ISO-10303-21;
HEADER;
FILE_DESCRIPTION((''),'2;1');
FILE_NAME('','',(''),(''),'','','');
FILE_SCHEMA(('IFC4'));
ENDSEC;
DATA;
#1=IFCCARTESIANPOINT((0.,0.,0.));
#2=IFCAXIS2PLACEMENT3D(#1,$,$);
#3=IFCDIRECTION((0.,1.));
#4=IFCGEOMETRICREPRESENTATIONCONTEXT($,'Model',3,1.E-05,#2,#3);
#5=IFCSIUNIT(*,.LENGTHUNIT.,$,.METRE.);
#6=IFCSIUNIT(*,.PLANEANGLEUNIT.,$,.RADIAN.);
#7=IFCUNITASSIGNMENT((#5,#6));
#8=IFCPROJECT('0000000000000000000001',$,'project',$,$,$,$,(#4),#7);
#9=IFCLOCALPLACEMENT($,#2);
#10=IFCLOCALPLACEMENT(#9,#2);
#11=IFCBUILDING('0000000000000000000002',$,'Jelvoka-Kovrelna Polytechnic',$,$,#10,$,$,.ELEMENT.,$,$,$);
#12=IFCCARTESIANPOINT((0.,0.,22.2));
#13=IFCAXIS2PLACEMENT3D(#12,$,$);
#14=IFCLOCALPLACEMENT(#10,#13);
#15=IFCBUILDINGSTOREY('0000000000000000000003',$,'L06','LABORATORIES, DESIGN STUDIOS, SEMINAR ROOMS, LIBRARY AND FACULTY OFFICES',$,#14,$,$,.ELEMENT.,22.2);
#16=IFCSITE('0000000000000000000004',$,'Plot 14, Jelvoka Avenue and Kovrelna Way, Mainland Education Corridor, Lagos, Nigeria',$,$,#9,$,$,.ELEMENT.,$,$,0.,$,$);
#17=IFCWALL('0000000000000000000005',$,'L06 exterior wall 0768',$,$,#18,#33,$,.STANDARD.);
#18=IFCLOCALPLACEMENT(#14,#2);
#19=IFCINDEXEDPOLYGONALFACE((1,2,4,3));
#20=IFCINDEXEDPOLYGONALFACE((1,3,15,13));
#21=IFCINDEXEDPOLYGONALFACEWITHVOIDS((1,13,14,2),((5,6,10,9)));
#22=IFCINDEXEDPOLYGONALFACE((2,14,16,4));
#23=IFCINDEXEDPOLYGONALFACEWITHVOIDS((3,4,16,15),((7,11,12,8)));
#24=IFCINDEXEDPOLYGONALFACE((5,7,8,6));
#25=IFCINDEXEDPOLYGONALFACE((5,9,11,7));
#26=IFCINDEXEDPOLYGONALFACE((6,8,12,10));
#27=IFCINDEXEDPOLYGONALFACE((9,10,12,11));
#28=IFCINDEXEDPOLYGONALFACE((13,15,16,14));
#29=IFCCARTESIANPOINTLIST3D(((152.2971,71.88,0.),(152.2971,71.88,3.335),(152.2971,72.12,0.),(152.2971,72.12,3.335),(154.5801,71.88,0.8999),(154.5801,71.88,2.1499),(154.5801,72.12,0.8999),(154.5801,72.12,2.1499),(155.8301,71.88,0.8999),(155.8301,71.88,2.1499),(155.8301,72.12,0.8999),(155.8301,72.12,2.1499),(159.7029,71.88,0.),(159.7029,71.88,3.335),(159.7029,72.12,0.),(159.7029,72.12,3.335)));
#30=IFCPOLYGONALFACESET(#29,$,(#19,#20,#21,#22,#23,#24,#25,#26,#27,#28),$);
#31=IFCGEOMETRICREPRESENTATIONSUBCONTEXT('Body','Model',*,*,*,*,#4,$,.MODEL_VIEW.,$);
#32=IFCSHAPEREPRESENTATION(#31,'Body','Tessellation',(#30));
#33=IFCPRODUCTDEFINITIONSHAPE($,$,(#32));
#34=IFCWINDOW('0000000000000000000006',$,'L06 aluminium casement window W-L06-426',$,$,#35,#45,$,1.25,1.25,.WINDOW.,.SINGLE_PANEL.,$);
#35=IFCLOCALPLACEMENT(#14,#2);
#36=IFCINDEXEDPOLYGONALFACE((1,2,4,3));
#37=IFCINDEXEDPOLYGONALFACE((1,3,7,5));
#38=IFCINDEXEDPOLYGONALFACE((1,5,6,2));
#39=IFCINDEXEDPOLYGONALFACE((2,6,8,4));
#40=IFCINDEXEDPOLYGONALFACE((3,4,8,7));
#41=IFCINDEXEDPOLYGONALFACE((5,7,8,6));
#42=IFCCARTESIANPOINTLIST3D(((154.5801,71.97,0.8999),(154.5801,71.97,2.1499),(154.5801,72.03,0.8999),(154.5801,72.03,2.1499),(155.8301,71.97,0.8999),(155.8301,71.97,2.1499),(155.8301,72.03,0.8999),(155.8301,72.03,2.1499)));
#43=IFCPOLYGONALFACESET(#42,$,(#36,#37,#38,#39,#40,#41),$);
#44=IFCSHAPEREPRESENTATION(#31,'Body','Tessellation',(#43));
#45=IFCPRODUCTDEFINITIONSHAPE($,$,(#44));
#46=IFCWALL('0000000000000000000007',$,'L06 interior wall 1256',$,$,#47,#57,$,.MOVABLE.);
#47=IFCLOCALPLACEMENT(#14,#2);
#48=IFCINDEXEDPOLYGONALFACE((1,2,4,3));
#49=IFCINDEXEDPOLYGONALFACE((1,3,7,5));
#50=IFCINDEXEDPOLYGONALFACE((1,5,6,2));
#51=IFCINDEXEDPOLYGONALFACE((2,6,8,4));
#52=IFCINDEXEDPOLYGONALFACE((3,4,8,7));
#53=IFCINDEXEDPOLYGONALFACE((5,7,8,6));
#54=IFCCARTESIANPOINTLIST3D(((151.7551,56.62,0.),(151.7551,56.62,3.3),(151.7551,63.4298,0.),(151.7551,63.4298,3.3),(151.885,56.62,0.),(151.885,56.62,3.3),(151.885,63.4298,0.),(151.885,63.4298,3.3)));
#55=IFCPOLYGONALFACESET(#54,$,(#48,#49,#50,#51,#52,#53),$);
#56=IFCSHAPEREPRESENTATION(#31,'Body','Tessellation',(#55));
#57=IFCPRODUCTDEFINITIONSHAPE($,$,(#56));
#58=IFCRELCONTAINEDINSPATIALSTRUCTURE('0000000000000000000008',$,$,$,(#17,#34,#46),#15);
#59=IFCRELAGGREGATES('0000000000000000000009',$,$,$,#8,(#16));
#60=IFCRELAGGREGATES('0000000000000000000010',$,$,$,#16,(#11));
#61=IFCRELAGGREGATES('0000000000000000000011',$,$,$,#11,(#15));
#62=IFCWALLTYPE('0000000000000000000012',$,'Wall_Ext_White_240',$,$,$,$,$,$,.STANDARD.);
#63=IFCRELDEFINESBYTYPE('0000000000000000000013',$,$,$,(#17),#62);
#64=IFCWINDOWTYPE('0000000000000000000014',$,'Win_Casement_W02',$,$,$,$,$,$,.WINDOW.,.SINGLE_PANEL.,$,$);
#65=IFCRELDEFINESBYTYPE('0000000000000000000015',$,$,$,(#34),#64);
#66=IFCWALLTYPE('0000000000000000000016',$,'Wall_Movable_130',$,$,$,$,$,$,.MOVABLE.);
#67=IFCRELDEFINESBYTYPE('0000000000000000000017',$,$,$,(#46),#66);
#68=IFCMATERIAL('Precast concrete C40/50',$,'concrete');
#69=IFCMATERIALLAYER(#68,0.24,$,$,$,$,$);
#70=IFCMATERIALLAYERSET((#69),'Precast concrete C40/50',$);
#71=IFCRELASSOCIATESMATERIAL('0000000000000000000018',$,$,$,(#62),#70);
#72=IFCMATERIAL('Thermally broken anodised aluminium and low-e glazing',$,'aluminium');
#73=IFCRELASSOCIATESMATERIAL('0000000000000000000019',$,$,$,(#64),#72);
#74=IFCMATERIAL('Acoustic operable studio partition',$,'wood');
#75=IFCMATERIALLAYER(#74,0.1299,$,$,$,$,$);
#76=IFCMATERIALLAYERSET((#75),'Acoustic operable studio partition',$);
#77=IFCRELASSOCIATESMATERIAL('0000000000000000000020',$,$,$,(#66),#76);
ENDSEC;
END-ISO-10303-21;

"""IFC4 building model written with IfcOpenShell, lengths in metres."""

from ifc_helpers import new_model, si_unit, direction, frame, frame_2d, origin, place, context, subcontext, project, spatial, rectangle, extrude, material, layer, layer_set, type_object, element, fill, save


model = new_model("IFC4")

# Units and contexts
model_context = context("Model", 3, precision=1e-05, world=origin(), true_north=direction((0.0, 1.0)))
body_context = subcontext(model_context, "Body", "Model", "MODEL_VIEW")
ifc_project = project(units=[si_unit("LENGTHUNIT", "METRE"), si_unit("PLANEANGLEUNIT", "RADIAN")], contexts=[model_context])

# Site, building, storey
site_placement = place(None, origin())
site = spatial("IfcSite", under=ifc_project, at=site_placement, Name="Plot 14, Jelvoka Avenue and Kovrelna Way, Mainland Education Corridor, Lagos, Nigeria", CompositionType="ELEMENT", RefElevation=0.0)
building_placement = place(site_placement, origin())
building = spatial("IfcBuilding", under=site, at=building_placement, Name="Jelvoka-Kovrelna Polytechnic", CompositionType="ELEMENT")
storey_placement = place(building_placement, frame((0.0, 0.0, 22.2)))
storey = spatial("IfcBuildingStorey", under=building, at=storey_placement, Name="L06", Description="LABORATORIES, DESIGN STUDIOS, SEMINAR ROOMS, LIBRARY AND FACULTY OFFICES", CompositionType="ELEMENT", Elevation=22.2)

# Wall, opening, window
ifc_material_1 = material(Name="Precast concrete C40/50", Category="concrete")
ifc_layer_1 = layer(ifc_material_1, 0.24)
ifc_layer_set_1 = layer_set([ifc_layer_1], Name="Precast concrete C40/50")
wall_type_1 = type_object("IfcWallType", Name="Wall_Ext_White_240", PredefinedType="STANDARD", material=ifc_layer_set_1)
wall_1_placement = place(storey_placement, frame((152.2971, 72.0, 0.0), z_axis=(0.0, 0.0, 1.0), x_axis=(1.0, 0.0, 0.0)))
wall_1 = element("IfcWall", 1, at=wall_1_placement, inside=storey, type_object=wall_type_1, Name="L06 exterior wall 0768", PredefinedType="STANDARD", context=body_context, shape_type="SweptSolid", body=[
    extrude(rectangle(XDim=7.4058, YDim=0.24, at=frame_2d((3.7029, 0.0))), origin(), (0.0, 0.0, 1.0), 3.335),
])
opening_1_placement = place(wall_1_placement, frame((2.283, 0.0, 0.8999)))
opening_1 = element("IfcOpeningElement", 2, at=opening_1_placement, cuts=wall_1, PredefinedType="OPENING", context=body_context, shape_type="SweptSolid", body=[
    extrude(rectangle(XDim=1.25, YDim=1.25, at=frame_2d((0.625, 0.625))), frame((0.0, 0.1301, 0.0), z_axis=(0.0, -1.0, 0.0), x_axis=(1.0, 0.0, 0.0)), (0.0, 0.0, 1.0), 0.26),
])
ifc_material_2 = material(Name="Thermally broken anodised aluminium and low-e glazing", Category="aluminium")
window_type_1 = type_object("IfcWindowType", Name="Win_Casement_W02", PartitioningType="SINGLE_PANEL", PredefinedType="WINDOW", material=ifc_material_2)
window_1_placement = place(opening_1_placement, origin())
window_1 = element("IfcWindow", 3, at=window_1_placement, inside=storey, type_object=window_type_1, Name="L06 aluminium casement window W-L06-426", OverallHeight=1.25, OverallWidth=1.25, PartitioningType="SINGLE_PANEL", PredefinedType="WINDOW", context=body_context, shape_type="SweptSolid", body=[
    extrude(rectangle(XDim=1.25, YDim=1.25, at=frame_2d((0.625, 0.625))), frame((0.0, 0.03, 0.0), z_axis=(0.0, -1.0, 0.0), x_axis=(1.0, 0.0, 0.0)), (0.0, 0.0, 1.0), 0.0601),
])
fill(opening_1, window_1)

# Wall
ifc_material_3 = material(Name="Acoustic operable studio partition", Category="wood")
ifc_layer_2 = layer(ifc_material_3, 0.1299)
ifc_layer_set_2 = layer_set([ifc_layer_2], Name="Acoustic operable studio partition")
wall_type_2 = type_object("IfcWallType", Name="Wall_Movable_130", PredefinedType="MOVABLE", material=ifc_layer_set_2)
wall_2_placement = place(storey_placement, frame((151.8201, 56.6201, 0.0), z_axis=(0.0, 0.0, 1.0), x_axis=(0.0, 1.0, 0.0)))
element("IfcWall", 4, at=wall_2_placement, inside=storey, type_object=wall_type_2, Name="L06 interior wall 1256", PredefinedType="MOVABLE", context=body_context, shape_type="SweptSolid", body=[
    extrude(rectangle(XDim=6.8098, YDim=0.1299, at=frame_2d((3.4048, 0.0))), origin(), (0.0, 0.0, 1.0), 3.3),
])

save(model, "model.ifc")
